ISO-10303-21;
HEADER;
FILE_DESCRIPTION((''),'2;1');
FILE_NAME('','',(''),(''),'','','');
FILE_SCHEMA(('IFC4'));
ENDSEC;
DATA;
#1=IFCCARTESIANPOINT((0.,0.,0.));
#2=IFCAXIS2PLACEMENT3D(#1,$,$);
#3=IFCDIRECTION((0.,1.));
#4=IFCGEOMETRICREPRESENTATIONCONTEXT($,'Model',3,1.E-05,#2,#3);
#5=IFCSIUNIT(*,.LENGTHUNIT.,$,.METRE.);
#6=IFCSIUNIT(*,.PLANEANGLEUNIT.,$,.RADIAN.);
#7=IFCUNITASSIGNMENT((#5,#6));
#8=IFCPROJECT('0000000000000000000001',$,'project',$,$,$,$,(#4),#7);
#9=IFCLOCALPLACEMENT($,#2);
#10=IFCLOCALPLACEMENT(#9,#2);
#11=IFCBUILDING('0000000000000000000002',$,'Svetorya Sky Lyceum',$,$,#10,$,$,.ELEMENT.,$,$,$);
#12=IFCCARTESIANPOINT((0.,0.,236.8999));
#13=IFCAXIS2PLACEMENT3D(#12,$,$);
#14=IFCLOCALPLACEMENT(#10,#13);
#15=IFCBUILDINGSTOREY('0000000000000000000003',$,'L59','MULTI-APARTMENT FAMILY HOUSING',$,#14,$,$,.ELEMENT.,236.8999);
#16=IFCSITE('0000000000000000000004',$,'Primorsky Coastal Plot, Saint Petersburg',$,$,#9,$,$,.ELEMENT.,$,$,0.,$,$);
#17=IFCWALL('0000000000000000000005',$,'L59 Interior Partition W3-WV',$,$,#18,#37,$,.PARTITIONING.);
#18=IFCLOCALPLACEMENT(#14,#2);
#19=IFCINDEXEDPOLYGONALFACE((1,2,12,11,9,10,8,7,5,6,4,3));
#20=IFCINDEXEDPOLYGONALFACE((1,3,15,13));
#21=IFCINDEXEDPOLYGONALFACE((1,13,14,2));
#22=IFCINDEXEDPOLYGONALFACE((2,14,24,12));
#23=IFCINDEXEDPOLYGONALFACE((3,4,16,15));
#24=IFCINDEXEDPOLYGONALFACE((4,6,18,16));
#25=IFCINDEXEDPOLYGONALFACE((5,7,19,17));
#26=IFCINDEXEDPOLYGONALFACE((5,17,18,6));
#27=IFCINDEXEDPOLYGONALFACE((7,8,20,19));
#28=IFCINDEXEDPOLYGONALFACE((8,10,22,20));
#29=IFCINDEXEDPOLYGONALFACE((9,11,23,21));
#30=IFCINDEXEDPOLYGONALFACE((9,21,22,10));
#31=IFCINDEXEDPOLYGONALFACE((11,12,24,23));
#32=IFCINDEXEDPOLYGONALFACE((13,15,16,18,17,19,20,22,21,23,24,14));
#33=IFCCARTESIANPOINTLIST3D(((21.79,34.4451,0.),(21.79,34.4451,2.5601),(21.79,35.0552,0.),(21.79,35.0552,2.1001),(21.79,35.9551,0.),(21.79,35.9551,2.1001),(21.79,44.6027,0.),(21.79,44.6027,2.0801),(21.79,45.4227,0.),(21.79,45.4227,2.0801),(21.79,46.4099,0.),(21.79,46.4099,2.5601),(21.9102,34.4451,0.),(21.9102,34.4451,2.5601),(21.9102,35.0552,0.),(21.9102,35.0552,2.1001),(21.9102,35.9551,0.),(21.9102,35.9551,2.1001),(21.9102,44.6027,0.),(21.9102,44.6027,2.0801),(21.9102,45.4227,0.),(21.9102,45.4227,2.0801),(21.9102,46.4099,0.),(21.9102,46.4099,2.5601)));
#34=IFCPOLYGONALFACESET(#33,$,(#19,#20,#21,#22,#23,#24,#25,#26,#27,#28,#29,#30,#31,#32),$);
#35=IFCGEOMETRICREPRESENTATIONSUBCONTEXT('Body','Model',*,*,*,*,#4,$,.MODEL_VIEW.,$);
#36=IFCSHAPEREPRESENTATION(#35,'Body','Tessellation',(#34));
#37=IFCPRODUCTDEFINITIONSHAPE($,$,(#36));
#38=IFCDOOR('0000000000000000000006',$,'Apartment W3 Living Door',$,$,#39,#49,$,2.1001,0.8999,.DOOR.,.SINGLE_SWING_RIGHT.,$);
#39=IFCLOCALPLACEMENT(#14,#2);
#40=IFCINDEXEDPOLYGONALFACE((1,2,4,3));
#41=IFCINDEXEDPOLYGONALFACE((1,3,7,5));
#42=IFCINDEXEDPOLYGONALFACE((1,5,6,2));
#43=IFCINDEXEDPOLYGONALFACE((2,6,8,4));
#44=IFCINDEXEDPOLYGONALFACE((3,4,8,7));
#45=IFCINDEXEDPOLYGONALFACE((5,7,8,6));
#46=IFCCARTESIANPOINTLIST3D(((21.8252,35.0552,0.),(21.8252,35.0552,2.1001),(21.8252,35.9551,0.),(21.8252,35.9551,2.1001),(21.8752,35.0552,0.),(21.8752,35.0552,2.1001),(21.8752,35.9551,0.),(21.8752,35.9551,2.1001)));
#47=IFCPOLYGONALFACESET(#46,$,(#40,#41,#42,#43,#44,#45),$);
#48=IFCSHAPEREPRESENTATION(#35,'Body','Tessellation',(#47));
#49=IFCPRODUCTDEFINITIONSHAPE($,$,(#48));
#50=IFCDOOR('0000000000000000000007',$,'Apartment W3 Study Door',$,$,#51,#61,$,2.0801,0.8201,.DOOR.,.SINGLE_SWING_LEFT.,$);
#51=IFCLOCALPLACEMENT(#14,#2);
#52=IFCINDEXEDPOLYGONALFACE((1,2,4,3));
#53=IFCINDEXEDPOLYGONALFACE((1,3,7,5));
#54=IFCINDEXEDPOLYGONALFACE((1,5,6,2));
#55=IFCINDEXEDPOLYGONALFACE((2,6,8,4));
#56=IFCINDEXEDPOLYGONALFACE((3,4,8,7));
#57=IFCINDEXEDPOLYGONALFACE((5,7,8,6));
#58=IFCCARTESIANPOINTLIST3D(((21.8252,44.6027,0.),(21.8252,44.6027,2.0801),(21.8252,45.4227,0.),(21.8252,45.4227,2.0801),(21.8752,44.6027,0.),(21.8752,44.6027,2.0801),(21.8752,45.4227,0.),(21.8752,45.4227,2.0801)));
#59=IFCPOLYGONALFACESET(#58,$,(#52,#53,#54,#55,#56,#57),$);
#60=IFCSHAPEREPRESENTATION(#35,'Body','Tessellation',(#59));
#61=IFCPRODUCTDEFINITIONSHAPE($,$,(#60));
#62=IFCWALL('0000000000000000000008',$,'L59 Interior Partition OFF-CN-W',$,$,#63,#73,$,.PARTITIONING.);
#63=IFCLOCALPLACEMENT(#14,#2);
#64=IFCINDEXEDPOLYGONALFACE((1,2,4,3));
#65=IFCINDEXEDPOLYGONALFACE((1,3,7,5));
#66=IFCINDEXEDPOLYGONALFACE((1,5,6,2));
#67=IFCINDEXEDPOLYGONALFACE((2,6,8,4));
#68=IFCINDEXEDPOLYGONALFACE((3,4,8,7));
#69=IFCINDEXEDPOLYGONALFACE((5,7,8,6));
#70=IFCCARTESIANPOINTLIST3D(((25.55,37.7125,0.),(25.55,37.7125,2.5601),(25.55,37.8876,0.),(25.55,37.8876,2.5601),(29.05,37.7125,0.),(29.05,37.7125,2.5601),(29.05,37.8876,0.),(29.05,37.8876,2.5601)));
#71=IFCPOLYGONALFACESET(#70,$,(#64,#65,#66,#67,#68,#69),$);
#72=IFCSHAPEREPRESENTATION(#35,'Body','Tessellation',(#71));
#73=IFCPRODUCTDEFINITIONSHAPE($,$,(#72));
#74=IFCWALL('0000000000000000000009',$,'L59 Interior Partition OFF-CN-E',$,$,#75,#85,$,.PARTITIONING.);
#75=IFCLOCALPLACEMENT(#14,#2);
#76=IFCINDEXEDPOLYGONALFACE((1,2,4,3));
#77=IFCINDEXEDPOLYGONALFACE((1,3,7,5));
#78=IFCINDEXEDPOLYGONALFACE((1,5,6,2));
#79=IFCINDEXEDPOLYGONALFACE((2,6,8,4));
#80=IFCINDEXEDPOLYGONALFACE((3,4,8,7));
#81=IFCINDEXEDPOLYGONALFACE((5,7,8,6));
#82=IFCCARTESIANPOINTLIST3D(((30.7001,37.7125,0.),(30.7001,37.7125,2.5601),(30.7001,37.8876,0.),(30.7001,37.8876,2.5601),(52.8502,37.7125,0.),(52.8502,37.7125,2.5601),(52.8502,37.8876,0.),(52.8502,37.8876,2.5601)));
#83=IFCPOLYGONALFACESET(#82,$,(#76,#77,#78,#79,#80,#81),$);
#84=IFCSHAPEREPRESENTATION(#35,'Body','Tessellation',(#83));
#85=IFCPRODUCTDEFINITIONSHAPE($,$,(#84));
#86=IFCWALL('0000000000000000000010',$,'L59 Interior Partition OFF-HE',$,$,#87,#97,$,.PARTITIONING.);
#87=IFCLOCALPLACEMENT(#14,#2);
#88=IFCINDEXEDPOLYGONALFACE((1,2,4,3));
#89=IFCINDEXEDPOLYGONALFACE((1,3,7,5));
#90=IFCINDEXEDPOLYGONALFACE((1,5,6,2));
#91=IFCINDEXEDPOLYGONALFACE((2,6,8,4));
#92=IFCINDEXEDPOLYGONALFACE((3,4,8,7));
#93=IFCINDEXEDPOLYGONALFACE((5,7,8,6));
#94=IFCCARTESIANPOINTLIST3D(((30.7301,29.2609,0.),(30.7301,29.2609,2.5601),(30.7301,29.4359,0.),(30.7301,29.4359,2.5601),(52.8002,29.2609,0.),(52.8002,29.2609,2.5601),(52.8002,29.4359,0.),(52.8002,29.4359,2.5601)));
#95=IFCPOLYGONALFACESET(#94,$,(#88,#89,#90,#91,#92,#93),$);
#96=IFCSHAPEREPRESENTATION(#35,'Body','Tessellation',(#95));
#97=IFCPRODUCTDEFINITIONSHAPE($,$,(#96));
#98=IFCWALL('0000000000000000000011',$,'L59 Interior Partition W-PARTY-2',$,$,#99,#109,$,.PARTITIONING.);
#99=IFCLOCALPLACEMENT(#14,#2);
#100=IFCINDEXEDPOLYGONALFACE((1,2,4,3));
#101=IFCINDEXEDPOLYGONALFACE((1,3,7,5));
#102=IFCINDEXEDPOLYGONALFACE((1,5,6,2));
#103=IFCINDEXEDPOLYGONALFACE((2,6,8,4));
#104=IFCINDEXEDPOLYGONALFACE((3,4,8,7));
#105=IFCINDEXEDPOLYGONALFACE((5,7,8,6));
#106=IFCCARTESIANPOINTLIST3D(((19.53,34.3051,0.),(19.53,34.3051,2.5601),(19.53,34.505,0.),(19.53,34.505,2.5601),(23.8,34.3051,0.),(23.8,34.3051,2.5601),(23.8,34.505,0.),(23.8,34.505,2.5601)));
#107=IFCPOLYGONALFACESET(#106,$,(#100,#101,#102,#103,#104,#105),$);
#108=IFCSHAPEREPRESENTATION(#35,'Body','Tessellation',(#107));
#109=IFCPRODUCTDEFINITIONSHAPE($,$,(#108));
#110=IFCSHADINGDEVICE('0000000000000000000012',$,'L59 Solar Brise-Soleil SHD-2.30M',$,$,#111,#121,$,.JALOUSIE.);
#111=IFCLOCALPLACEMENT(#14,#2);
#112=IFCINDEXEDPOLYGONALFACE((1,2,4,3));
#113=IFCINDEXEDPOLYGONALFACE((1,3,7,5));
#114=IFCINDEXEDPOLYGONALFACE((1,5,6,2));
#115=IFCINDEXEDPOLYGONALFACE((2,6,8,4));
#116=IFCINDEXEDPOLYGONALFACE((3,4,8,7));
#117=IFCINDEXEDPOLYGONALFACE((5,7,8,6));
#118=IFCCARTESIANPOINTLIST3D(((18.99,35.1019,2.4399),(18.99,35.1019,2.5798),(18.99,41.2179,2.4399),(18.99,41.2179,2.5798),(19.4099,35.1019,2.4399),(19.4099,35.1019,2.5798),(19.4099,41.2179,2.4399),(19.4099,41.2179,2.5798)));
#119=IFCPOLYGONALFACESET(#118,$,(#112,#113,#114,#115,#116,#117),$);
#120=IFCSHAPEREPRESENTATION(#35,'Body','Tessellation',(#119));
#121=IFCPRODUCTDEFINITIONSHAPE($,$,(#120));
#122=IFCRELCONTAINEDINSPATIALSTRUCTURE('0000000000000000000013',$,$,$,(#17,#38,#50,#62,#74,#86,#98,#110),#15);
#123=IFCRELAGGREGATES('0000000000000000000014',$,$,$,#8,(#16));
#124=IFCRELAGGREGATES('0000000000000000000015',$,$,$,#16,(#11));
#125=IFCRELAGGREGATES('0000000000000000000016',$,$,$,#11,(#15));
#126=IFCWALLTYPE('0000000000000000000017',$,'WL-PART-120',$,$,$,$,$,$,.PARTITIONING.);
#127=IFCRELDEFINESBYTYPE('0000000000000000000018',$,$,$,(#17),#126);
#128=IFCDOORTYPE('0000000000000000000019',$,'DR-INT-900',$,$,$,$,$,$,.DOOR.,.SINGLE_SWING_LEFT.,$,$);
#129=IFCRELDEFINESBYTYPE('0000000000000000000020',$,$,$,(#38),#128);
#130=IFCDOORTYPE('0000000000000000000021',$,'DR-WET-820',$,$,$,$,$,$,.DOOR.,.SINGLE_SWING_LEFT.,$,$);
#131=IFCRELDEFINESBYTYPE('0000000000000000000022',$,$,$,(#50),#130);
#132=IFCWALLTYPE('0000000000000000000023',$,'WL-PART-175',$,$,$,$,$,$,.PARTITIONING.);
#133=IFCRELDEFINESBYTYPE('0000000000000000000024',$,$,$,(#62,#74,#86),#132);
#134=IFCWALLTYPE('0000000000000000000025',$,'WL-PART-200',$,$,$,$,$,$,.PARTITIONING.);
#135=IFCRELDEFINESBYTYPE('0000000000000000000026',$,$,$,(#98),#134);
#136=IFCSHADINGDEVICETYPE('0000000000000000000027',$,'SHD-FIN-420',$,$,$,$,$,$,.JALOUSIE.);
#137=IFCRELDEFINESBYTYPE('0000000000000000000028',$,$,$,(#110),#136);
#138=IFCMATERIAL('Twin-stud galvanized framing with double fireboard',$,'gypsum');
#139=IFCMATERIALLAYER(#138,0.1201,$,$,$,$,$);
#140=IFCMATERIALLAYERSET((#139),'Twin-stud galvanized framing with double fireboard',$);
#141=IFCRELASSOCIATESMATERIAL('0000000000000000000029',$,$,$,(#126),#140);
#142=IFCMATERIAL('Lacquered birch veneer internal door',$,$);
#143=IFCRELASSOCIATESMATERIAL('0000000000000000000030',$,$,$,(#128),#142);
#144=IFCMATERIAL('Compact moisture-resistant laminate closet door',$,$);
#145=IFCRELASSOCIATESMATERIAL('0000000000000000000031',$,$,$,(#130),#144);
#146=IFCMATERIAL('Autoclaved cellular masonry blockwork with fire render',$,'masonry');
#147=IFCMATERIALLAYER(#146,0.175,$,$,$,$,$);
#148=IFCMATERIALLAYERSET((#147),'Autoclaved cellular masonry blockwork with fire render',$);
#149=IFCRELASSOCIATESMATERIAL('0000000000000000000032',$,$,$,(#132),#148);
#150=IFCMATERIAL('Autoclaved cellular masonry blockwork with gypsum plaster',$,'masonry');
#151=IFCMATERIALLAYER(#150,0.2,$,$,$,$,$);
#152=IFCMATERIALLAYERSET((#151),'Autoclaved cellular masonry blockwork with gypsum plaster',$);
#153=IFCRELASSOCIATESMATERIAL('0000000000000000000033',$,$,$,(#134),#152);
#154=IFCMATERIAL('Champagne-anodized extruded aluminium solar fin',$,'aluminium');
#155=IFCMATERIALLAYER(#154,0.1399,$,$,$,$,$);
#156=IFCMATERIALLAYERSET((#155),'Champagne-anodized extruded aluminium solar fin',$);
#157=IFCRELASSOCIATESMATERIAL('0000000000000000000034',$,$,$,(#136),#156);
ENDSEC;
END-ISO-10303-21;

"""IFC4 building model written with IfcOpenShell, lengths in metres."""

from ifc_helpers import new_model, si_unit, direction, frame, frame_2d, origin, origin_2d, place, context, subcontext, project, spatial, rectangle, extrude, material, layer, layer_set, type_object, element, fill, save


model = new_model("IFC4")

# Units and contexts
model_context = context("Model", 3, precision=1e-05, world=origin(), true_north=direction((0.0, 1.0)))
body_context = subcontext(model_context, "Body", "Model", "MODEL_VIEW")
ifc_project = project(units=[si_unit("LENGTHUNIT", "METRE"), si_unit("PLANEANGLEUNIT", "RADIAN")], contexts=[model_context])

# Site, building, storey
site_placement = place(None, origin())
site = spatial("IfcSite", under=ifc_project, at=site_placement, Name="Primorsky Coastal Plot, Saint Petersburg", CompositionType="ELEMENT", RefElevation=0.0)
building_placement = place(site_placement, origin())
building = spatial("IfcBuilding", under=site, at=building_placement, Name="Svetorya Sky Lyceum", CompositionType="ELEMENT")
storey_placement = place(building_placement, frame((0.0, 0.0, 236.8999)))
storey = spatial("IfcBuildingStorey", under=building, at=storey_placement, Name="L59", Description="MULTI-APARTMENT FAMILY HOUSING", CompositionType="ELEMENT", Elevation=236.8999)

# Wall, openings, doors
ifc_material_1 = material(Name="Twin-stud galvanized framing with double fireboard", Category="gypsum")
ifc_layer_1 = layer(ifc_material_1, 0.1201)
ifc_layer_set_1 = layer_set([ifc_layer_1], Name="Twin-stud galvanized framing with double fireboard")
wall_type_1 = type_object("IfcWallType", Name="WL-PART-120", PredefinedType="PARTITIONING", material=ifc_layer_set_1)
wall_1_placement = place(storey_placement, frame((21.8501, 34.4451, 0.0), z_axis=(0.0, 0.0, 1.0), x_axis=(0.0, 1.0, 0.0)))
wall_1 = element("IfcWall", 1, at=wall_1_placement, inside=storey, type_object=wall_type_1, Name="L59 Interior Partition W3-WV", PredefinedType="PARTITIONING", context=body_context, shape_type="SweptSolid", body=[
    extrude(rectangle(XDim=11.9648, YDim=0.1201, at=frame_2d((5.9824, 0.0))), origin(), (0.0, 0.0, 1.0), 2.5601),
])
opening_1_placement = place(wall_1_placement, frame((0.6101, 0.0, 0.0)))
opening_1 = element("IfcOpeningElement", 2, at=opening_1_placement, cuts=wall_1, PredefinedType="OPENING", context=body_context, shape_type="SweptSolid", body=[
    extrude(rectangle(XDim=0.8999, YDim=2.1001, at=frame_2d((0.45, 1.05))), frame((0.0, 0.0701, 0.0), z_axis=(0.0, -1.0, 0.0), x_axis=(1.0, 0.0, 0.0)), (0.0, 0.0, 1.0), 0.1401),
])
opening_2_placement = place(wall_1_placement, frame((10.1575, 0.0, 0.0)))
opening_2 = element("IfcOpeningElement", 3, at=opening_2_placement, cuts=wall_1, PredefinedType="OPENING", context=body_context, shape_type="SweptSolid", body=[
    extrude(rectangle(XDim=0.8201, YDim=2.0801, at=frame_2d((0.4102, 1.04))), frame((0.0, 0.0701, 0.0), z_axis=(0.0, -1.0, 0.0), x_axis=(1.0, 0.0, 0.0)), (0.0, 0.0, 1.0), 0.1401),
])
ifc_material_2 = material(Name="Lacquered birch veneer internal door")
door_type_1 = type_object("IfcDoorType", Name="DR-INT-900", OperationType="SINGLE_SWING_LEFT", PredefinedType="DOOR", material=ifc_material_2)
door_1_placement = place(opening_1_placement, origin())
door_1 = element("IfcDoor", 4, at=door_1_placement, inside=storey, type_object=door_type_1, Name="Apartment W3 Living Door", OperationType="SINGLE_SWING_RIGHT", OverallHeight=2.1001, OverallWidth=0.8999, PredefinedType="DOOR", context=body_context, shape_type="SweptSolid", body=[
    extrude(rectangle(XDim=0.8999, YDim=2.1001, at=frame_2d((0.45, 1.05))), frame((0.0, 0.0249, 0.0), z_axis=(0.0, -1.0, 0.0), x_axis=(1.0, 0.0, 0.0)), (0.0, 0.0, 1.0), 0.05),
])
fill(opening_1, door_1)
ifc_material_3 = material(Name="Compact moisture-resistant laminate closet door")
door_type_2 = type_object("IfcDoorType", Name="DR-WET-820", OperationType="SINGLE_SWING_LEFT", PredefinedType="DOOR", material=ifc_material_3)
door_2_placement = place(opening_2_placement, origin())
door_2 = element("IfcDoor", 5, at=door_2_placement, inside=storey, type_object=door_type_2, Name="Apartment W3 Study Door", OperationType="SINGLE_SWING_LEFT", OverallHeight=2.0801, OverallWidth=0.8201, PredefinedType="DOOR", context=body_context, shape_type="SweptSolid", body=[
    extrude(rectangle(XDim=0.8201, YDim=2.0801, at=frame_2d((0.4102, 1.04))), frame((0.0, 0.0249, 0.0), z_axis=(0.0, -1.0, 0.0), x_axis=(1.0, 0.0, 0.0)), (0.0, 0.0, 1.0), 0.05),
])
fill(opening_2, door_2)

# Walls
ifc_material_4 = material(Name="Autoclaved cellular masonry blockwork with fire render", Category="masonry")
ifc_layer_2 = layer(ifc_material_4, 0.175)
ifc_layer_set_2 = layer_set([ifc_layer_2], Name="Autoclaved cellular masonry blockwork with fire render")
wall_type_2 = type_object("IfcWallType", Name="WL-PART-175", PredefinedType="PARTITIONING", material=ifc_layer_set_2)
wall_2_placement = place(storey_placement, frame((25.55, 37.8, 0.0), z_axis=(0.0, 0.0, 1.0), x_axis=(1.0, 0.0, 0.0)))
element("IfcWall", 6, at=wall_2_placement, inside=storey, type_object=wall_type_2, Name="L59 Interior Partition OFF-CN-W", PredefinedType="PARTITIONING", context=body_context, shape_type="SweptSolid", body=[
    extrude(rectangle(XDim=3.5, YDim=0.175, at=frame_2d((1.75, 0.0))), origin(), (0.0, 0.0, 1.0), 2.5601),
])
wall_3_placement = place(storey_placement, frame((30.7, 37.8, 0.0), z_axis=(0.0, 0.0, 1.0), x_axis=(1.0, 0.0, 0.0)))
element("IfcWall", 7, at=wall_3_placement, inside=storey, type_object=wall_type_2, Name="L59 Interior Partition OFF-CN-E", PredefinedType="PARTITIONING", context=body_context, shape_type="SweptSolid", body=[
    extrude(rectangle(XDim=22.1501, YDim=0.175, at=frame_2d((11.0752, 0.0))), origin(), (0.0, 0.0, 1.0), 2.5601),
])
wall_4_placement = place(storey_placement, frame((30.73, 29.3484, 0.0), z_axis=(0.0, 0.0, 1.0), x_axis=(1.0, 0.0, 0.0)))
element("IfcWall", 8, at=wall_4_placement, inside=storey, type_object=wall_type_2, Name="L59 Interior Partition OFF-HE", PredefinedType="PARTITIONING", context=body_context, shape_type="SweptSolid", body=[
    extrude(rectangle(XDim=22.0701, YDim=0.175, at=frame_2d((11.0352, 0.0))), origin(), (0.0, 0.0, 1.0), 2.5601),
])
ifc_material_5 = material(Name="Autoclaved cellular masonry blockwork with gypsum plaster", Category="masonry")
ifc_layer_3 = layer(ifc_material_5, 0.2)
ifc_layer_set_3 = layer_set([ifc_layer_3], Name="Autoclaved cellular masonry blockwork with gypsum plaster")
wall_type_3 = type_object("IfcWallType", Name="WL-PART-200", PredefinedType="PARTITIONING", material=ifc_layer_set_3)
wall_5_placement = place(storey_placement, frame((19.53, 34.405, 0.0), z_axis=(0.0, 0.0, 1.0), x_axis=(1.0, 0.0, 0.0)))
element("IfcWall", 9, at=wall_5_placement, inside=storey, type_object=wall_type_3, Name="L59 Interior Partition W-PARTY-2", PredefinedType="PARTITIONING", context=body_context, shape_type="SweptSolid", body=[
    extrude(rectangle(XDim=4.27, YDim=0.2, at=frame_2d((2.135, 0.0))), origin(), (0.0, 0.0, 1.0), 2.5601),
])

# Shading device
ifc_material_6 = material(Name="Champagne-anodized extruded aluminium solar fin", Category="aluminium")
ifc_layer_4 = layer(ifc_material_6, 0.1399)
ifc_layer_set_4 = layer_set([ifc_layer_4], Name="Champagne-anodized extruded aluminium solar fin")
shading_device_type = type_object("IfcShadingDeviceType", Name="SHD-FIN-420", PredefinedType="JALOUSIE", material=ifc_layer_set_4)
shading_device_placement = place(storey_placement, frame((19.2, 38.1599, 2.4399), z_axis=(0.0, 0.0, 1.0), x_axis=(1.0, 0.0, 0.0)))
element("IfcShadingDevice", 10, at=shading_device_placement, inside=storey, type_object=shading_device_type, Name="L59 Solar Brise-Soleil SHD-2.30M", PredefinedType="JALOUSIE", context=body_context, shape_type="SweptSolid", body=[
    extrude(rectangle(XDim=0.4199, YDim=6.116, at=origin_2d()), origin(), (0.0, 0.0, 1.0), 0.1399),
])

save(model, "model.ifc")
